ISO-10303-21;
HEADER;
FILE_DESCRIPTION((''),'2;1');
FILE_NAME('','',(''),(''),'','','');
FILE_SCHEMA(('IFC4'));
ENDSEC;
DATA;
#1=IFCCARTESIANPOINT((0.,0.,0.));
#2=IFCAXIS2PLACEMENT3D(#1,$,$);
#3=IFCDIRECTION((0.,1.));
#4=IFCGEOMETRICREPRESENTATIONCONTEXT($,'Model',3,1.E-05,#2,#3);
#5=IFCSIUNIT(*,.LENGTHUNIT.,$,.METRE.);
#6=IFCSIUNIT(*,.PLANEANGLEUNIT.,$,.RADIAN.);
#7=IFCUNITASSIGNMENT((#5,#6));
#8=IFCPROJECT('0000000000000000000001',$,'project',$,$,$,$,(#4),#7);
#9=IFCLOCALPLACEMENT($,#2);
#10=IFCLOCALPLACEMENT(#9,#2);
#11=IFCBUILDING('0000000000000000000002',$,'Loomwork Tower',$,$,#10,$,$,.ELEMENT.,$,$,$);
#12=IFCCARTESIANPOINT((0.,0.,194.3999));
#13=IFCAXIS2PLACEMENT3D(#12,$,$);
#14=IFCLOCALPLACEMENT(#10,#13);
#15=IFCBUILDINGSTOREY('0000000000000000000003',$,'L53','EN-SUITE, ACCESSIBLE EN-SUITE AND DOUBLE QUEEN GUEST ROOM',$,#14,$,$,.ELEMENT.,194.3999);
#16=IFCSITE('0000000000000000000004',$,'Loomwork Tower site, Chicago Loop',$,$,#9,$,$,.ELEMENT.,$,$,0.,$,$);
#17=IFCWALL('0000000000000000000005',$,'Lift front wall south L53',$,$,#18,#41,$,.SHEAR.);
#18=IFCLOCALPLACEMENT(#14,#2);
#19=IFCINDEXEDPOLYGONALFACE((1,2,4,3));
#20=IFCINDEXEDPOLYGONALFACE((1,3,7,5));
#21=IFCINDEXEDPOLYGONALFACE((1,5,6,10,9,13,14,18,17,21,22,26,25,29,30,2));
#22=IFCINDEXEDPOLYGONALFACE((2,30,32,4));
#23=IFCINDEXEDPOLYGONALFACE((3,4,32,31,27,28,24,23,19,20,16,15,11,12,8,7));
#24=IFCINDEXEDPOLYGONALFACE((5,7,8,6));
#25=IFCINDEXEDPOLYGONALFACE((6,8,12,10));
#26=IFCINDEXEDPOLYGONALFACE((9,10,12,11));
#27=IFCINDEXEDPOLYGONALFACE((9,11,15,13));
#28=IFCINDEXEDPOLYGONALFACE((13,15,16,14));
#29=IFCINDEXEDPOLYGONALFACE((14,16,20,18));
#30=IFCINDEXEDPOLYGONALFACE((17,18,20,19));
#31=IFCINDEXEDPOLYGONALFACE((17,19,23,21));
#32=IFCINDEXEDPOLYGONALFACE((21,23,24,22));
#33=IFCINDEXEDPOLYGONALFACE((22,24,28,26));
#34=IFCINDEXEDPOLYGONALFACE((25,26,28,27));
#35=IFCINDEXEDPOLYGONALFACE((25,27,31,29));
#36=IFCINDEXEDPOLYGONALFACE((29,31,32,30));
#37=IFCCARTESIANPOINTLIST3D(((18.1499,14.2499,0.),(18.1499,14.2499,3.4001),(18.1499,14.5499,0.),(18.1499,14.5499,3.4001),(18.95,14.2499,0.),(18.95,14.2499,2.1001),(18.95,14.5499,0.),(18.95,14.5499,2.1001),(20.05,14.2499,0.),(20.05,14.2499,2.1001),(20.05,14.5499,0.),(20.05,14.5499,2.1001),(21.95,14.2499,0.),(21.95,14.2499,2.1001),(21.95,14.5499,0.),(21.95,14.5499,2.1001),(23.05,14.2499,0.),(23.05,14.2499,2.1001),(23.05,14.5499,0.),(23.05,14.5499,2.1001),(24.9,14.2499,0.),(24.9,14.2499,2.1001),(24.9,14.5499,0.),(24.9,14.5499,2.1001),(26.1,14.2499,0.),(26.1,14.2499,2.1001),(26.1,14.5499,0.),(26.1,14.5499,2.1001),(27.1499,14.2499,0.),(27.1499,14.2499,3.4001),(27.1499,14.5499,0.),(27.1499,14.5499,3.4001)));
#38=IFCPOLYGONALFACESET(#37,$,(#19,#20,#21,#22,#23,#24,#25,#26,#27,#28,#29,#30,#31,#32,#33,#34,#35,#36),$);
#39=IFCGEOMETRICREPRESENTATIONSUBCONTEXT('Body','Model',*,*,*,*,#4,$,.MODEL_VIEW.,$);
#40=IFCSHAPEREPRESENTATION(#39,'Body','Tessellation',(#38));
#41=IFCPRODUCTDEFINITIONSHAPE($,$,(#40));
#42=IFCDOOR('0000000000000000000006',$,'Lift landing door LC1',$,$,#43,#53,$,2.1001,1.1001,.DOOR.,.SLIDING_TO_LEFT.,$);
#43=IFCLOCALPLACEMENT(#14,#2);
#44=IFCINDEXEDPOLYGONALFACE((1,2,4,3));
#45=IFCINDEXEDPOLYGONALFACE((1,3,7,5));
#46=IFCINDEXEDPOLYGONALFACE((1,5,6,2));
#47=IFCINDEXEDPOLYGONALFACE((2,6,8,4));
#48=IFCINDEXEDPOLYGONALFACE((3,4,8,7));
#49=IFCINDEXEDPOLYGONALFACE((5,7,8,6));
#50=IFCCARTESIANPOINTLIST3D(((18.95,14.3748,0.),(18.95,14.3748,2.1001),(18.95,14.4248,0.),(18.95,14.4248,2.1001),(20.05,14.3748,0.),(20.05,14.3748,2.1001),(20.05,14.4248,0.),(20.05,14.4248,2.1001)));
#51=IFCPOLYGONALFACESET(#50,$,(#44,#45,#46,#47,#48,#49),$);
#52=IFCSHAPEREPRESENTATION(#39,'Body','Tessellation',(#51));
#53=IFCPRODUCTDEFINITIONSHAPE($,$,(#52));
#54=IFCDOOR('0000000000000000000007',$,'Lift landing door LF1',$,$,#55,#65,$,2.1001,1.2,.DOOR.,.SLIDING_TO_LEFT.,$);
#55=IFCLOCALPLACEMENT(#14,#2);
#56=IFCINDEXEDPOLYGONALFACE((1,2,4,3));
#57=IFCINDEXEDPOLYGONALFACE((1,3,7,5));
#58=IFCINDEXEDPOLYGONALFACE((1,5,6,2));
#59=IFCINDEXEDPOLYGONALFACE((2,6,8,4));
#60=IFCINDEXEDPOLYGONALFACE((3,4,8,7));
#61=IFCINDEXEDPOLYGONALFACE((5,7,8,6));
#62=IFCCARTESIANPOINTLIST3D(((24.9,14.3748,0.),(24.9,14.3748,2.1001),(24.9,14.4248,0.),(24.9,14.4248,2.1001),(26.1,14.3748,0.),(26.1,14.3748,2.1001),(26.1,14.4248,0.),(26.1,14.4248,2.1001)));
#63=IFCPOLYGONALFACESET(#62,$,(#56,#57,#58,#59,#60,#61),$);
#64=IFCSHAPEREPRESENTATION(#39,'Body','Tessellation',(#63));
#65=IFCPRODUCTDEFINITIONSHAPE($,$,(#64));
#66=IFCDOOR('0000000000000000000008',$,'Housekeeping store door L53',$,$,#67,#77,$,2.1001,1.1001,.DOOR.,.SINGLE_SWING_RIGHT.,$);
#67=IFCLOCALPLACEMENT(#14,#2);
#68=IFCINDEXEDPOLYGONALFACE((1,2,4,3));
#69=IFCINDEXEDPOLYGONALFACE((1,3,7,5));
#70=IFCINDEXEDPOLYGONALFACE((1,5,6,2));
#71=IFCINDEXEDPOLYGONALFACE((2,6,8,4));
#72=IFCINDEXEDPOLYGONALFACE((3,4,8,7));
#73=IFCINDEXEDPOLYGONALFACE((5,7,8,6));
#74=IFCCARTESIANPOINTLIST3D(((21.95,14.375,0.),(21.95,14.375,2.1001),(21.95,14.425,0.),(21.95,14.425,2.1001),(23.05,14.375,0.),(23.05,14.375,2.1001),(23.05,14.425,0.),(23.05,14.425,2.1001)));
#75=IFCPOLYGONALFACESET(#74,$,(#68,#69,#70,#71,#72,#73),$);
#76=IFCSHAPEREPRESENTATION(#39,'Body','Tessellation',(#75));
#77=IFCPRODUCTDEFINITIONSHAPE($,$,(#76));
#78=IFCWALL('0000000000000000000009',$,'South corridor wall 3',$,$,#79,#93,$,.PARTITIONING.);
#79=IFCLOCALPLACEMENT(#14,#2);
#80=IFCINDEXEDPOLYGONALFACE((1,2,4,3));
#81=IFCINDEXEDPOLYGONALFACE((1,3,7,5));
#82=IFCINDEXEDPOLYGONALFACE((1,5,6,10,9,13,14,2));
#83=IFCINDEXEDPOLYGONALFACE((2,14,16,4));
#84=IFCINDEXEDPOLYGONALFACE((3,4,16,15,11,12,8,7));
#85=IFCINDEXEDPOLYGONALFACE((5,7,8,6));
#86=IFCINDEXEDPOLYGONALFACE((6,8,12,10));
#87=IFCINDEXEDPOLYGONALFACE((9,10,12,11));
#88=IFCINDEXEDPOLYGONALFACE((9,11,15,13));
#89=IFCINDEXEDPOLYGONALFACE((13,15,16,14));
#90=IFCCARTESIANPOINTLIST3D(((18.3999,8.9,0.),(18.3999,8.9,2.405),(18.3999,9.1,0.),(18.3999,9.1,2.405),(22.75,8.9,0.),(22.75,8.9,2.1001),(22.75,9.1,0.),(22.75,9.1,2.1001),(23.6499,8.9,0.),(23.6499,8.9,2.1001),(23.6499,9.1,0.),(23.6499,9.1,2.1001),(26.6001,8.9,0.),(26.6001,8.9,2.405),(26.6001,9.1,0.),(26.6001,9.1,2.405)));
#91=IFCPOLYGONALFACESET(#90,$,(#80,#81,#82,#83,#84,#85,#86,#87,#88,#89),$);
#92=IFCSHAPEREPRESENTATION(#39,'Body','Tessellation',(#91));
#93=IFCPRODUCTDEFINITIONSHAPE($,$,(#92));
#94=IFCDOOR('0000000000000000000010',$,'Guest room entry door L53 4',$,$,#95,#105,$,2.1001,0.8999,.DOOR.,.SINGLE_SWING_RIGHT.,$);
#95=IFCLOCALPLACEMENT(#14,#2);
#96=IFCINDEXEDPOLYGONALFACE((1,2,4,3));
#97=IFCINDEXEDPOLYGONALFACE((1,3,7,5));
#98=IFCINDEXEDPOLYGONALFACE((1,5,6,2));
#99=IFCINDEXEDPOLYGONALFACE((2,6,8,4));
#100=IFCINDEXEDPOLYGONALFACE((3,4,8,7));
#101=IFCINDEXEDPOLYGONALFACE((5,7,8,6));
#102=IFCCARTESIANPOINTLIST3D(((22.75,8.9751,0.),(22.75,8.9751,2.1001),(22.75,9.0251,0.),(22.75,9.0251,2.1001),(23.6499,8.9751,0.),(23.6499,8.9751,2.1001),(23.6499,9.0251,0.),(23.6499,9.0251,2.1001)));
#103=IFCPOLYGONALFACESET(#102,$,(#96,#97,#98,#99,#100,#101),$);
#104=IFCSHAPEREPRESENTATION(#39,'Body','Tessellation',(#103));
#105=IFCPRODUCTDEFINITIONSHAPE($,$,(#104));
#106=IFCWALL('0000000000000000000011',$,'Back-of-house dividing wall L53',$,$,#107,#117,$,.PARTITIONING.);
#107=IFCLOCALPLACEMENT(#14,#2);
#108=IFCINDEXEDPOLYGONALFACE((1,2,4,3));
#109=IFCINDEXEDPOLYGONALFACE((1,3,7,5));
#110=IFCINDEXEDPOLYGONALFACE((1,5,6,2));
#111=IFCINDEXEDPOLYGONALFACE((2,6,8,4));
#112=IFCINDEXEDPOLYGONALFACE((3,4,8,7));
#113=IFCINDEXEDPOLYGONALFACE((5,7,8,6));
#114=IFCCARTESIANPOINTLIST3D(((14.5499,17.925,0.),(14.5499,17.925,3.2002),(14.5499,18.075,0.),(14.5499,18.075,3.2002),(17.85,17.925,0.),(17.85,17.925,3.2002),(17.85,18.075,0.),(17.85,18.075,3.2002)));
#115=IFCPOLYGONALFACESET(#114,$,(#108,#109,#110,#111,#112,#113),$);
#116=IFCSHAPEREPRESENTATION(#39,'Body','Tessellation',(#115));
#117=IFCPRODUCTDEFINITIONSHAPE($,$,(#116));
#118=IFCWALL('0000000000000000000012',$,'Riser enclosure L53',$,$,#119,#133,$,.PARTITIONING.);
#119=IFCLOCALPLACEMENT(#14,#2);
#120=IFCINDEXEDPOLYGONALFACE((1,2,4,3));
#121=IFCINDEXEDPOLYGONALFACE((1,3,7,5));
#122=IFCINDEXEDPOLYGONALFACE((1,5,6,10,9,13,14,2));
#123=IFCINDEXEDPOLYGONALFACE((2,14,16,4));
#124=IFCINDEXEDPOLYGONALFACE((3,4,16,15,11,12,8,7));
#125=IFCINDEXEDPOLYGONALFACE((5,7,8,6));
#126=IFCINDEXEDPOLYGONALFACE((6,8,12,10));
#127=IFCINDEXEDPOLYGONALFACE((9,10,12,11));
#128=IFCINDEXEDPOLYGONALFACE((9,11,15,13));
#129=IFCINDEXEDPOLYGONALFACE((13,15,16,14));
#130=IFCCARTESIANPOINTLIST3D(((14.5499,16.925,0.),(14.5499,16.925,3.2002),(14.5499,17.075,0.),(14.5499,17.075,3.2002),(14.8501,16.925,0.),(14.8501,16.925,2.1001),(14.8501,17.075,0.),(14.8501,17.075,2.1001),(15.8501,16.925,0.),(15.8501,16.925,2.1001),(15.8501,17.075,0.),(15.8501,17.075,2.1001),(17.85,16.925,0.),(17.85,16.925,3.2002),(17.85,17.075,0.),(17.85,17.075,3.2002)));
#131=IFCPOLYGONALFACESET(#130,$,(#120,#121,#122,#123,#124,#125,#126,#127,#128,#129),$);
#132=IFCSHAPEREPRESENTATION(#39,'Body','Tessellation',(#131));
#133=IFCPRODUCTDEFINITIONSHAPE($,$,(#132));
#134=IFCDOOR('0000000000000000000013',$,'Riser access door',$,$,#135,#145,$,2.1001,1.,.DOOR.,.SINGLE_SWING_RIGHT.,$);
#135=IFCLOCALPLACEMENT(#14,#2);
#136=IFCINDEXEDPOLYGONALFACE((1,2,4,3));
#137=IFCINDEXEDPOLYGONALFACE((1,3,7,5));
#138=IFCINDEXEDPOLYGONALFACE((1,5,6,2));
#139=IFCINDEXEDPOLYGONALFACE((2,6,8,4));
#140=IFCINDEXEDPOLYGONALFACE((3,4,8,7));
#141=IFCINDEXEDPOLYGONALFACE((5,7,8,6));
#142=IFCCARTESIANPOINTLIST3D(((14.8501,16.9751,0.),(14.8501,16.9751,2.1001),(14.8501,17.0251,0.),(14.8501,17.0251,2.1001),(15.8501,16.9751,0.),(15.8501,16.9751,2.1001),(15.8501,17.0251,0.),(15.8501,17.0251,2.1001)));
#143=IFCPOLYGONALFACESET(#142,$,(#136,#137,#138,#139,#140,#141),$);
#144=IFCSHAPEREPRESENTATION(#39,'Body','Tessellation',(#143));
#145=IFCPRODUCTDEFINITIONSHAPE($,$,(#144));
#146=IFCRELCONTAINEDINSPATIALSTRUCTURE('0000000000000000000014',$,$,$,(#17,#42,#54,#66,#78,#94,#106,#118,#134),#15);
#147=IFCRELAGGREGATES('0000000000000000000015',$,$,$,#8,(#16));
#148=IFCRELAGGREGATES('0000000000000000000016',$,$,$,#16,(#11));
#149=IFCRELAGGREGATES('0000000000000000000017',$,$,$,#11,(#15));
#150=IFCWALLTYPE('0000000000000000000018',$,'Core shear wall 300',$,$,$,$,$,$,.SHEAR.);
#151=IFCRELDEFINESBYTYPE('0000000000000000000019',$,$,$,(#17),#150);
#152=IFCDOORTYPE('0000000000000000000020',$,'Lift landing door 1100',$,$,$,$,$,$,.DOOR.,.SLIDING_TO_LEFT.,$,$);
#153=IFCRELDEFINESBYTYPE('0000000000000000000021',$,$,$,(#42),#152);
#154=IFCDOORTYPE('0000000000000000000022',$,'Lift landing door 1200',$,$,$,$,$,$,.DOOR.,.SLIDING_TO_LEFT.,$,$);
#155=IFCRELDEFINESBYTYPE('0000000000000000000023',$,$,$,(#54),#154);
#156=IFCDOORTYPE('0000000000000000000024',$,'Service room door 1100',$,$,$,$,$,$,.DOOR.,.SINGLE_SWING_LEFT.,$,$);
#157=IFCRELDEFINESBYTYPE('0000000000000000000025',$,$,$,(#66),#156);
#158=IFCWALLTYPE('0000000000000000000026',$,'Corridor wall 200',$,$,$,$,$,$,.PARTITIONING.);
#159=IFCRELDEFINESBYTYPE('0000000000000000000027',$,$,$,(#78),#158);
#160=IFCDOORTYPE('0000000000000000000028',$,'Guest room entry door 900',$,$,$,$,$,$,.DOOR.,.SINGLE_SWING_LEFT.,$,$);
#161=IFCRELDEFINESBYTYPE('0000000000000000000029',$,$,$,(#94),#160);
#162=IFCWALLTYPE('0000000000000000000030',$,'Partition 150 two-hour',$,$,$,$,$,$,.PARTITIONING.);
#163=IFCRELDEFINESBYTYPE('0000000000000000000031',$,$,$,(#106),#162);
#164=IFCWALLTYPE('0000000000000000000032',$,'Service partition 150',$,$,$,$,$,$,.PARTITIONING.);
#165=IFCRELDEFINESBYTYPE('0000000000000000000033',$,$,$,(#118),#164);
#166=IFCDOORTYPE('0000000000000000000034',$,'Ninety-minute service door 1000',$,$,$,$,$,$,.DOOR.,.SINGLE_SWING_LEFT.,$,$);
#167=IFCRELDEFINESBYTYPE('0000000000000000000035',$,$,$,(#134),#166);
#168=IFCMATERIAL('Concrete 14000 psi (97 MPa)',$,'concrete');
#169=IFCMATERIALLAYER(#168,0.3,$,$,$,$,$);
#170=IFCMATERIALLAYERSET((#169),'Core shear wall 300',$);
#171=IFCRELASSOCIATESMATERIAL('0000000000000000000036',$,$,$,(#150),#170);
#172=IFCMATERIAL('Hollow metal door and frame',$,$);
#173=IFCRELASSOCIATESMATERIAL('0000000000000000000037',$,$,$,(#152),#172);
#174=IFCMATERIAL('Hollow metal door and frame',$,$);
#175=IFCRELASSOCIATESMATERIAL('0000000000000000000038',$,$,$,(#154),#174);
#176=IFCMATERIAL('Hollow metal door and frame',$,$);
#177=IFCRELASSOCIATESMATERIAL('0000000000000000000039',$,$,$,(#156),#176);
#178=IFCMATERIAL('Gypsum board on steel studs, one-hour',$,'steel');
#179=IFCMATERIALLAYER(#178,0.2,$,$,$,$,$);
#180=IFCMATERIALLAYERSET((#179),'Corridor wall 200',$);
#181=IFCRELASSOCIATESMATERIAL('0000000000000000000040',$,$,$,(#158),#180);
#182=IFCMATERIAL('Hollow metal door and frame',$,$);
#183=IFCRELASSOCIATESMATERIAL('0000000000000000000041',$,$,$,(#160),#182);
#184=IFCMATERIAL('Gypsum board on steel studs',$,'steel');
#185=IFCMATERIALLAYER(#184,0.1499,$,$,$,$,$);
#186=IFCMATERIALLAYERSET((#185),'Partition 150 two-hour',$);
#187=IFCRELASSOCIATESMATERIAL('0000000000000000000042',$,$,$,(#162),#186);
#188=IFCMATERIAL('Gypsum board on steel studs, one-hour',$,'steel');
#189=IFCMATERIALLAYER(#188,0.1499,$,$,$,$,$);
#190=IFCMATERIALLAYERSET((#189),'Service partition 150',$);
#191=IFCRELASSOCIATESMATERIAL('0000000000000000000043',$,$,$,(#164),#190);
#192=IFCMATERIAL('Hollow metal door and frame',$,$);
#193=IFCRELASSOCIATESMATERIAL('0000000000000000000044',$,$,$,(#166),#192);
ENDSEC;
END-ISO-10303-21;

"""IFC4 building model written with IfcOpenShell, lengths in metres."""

from ifc_helpers import new_model, si_unit, direction, frame, frame_2d, origin, place, context, subcontext, project, spatial, rectangle, extrude, material, layer, layer_set, type_object, element, fill, save


model = new_model("IFC4")

# Units and contexts
model_context = context("Model", 3, precision=1e-05, world=origin(), true_north=direction((0.0, 1.0)))
body_context = subcontext(model_context, "Body", "Model", "MODEL_VIEW")
ifc_project = project(units=[si_unit("LENGTHUNIT", "METRE"), si_unit("PLANEANGLEUNIT", "RADIAN")], contexts=[model_context])

# Site, building, storey
site_placement = place(None, origin())
site = spatial("IfcSite", under=ifc_project, at=site_placement, Name="Loomwork Tower site, Chicago Loop", CompositionType="ELEMENT", RefElevation=0.0)
building_placement = place(site_placement, origin())
building = spatial("IfcBuilding", under=site, at=building_placement, Name="Loomwork Tower", CompositionType="ELEMENT")
storey_placement = place(building_placement, frame((0.0, 0.0, 194.3999)))
storey = spatial("IfcBuildingStorey", under=building, at=storey_placement, Name="L53", Description="EN-SUITE, ACCESSIBLE EN-SUITE AND DOUBLE QUEEN GUEST ROOM", CompositionType="ELEMENT", Elevation=194.3999)

# Shared definitions
ifc_material_1 = material(Name="Concrete 14000 psi (97 MPa)", Category="concrete")
ifc_layer_1 = layer(ifc_material_1, 0.3)
ifc_layer_set_1 = layer_set([ifc_layer_1], Name="Core shear wall 300")
wall_type_1 = type_object("IfcWallType", Name="Core shear wall 300", PredefinedType="SHEAR", material=ifc_layer_set_1)

# Wall, openings, doors
ifc_material_2 = material(Name="Hollow metal door and frame")
door_type_1 = type_object("IfcDoorType", Name="Lift landing door 1100", OperationType="SLIDING_TO_LEFT", PredefinedType="DOOR", material=ifc_material_2)
wall_1_placement = place(storey_placement, frame((18.1499, 14.3999, 0.0), z_axis=(0.0, 0.0, 1.0), x_axis=(1.0, 0.0, 0.0)))
wall_1 = element("IfcWall", 1, at=wall_1_placement, inside=storey, type_object=wall_type_1, Name="Lift front wall south L53", PredefinedType="SHEAR", context=body_context, shape_type="SweptSolid", body=[
    extrude(rectangle(XDim=9.0, YDim=0.3, at=frame_2d((4.5, 0.0))), origin(), (0.0, 0.0, 1.0), 3.4001),
])
opening_1_placement = place(wall_1_placement, frame((0.8, 0.0, 0.0)))
opening_1 = element("IfcOpeningElement", 2, at=opening_1_placement, cuts=wall_1, PredefinedType="OPENING", context=body_context, shape_type="SweptSolid", body=[
    extrude(rectangle(XDim=1.1001, YDim=2.1001, at=frame_2d((0.55, 1.05))), frame((0.0, 0.1599, 0.0), z_axis=(0.0, -1.0, 0.0), x_axis=(1.0, 0.0, 0.0)), (0.0, 0.0, 1.0), 0.3201),
])
opening_2_placement = place(wall_1_placement, frame((6.75, 0.0, 0.0)))
opening_2 = element("IfcOpeningElement", 3, at=opening_2_placement, cuts=wall_1, PredefinedType="OPENING", context=body_context, shape_type="SweptSolid", body=[
    extrude(rectangle(XDim=1.2, YDim=2.1001, at=frame_2d((0.6001, 1.05))), frame((0.0, 0.1599, 0.0), z_axis=(0.0, -1.0, 0.0), x_axis=(1.0, 0.0, 0.0)), (0.0, 0.0, 1.0), 0.3201),
])
opening_3_placement = place(wall_1_placement, frame((3.8, 0.0, 0.0)))
opening_3 = element("IfcOpeningElement", 4, at=opening_3_placement, cuts=wall_1, PredefinedType="OPENING", context=body_context, shape_type="SweptSolid", body=[
    extrude(rectangle(XDim=1.1001, YDim=2.1001, at=frame_2d((0.55, 1.05))), frame((0.0, 0.1599, 0.0), z_axis=(0.0, -1.0, 0.0), x_axis=(1.0, 0.0, 0.0)), (0.0, 0.0, 1.0), 0.3201),
])
door_1_placement = place(opening_1_placement, origin())
door_1 = element("IfcDoor", 5, at=door_1_placement, inside=storey, type_object=door_type_1, Name="Lift landing door LC1", OperationType="SLIDING_TO_LEFT", OverallHeight=2.1001, OverallWidth=1.1001, PredefinedType="DOOR", context=body_context, shape_type="SweptSolid", body=[
    extrude(rectangle(XDim=1.1001, YDim=2.1001, at=frame_2d((0.55, 1.05))), frame((0.0, 0.0249, 0.0), z_axis=(0.0, -1.0, 0.0), x_axis=(1.0, 0.0, 0.0)), (0.0, 0.0, 1.0), 0.05),
])
fill(opening_1, door_1)
ifc_material_3 = material(Name="Hollow metal door and frame")
door_type_2 = type_object("IfcDoorType", Name="Lift landing door 1200", OperationType="SLIDING_TO_LEFT", PredefinedType="DOOR", material=ifc_material_3)
door_2_placement = place(opening_2_placement, origin())
door_2 = element("IfcDoor", 6, at=door_2_placement, inside=storey, type_object=door_type_2, Name="Lift landing door LF1", OperationType="SLIDING_TO_LEFT", OverallHeight=2.1001, OverallWidth=1.2, PredefinedType="DOOR", context=body_context, shape_type="SweptSolid", body=[
    extrude(rectangle(XDim=1.2, YDim=2.1001, at=frame_2d((0.6001, 1.05))), frame((0.0, 0.0249, 0.0), z_axis=(0.0, -1.0, 0.0), x_axis=(1.0, 0.0, 0.0)), (0.0, 0.0, 1.0), 0.05),
])
fill(opening_2, door_2)
ifc_material_4 = material(Name="Hollow metal door and frame")
door_type_3 = type_object("IfcDoorType", Name="Service room door 1100", OperationType="SINGLE_SWING_LEFT", PredefinedType="DOOR", material=ifc_material_4)
door_3_placement = place(opening_3_placement, frame((1.1001, 0.0, 0.0), z_axis=(0.0, 0.0, 1.0), x_axis=(-1.0, 0.0, 0.0)))
door_3 = element("IfcDoor", 7, at=door_3_placement, inside=storey, type_object=door_type_3, Name="Housekeeping store door L53", OperationType="SINGLE_SWING_RIGHT", OverallHeight=2.1001, OverallWidth=1.1001, PredefinedType="DOOR", context=body_context, shape_type="SweptSolid", body=[
    extrude(rectangle(XDim=1.1001, YDim=2.1001, at=frame_2d((0.55, 1.05))), frame((0.0, 0.0249, 0.0), z_axis=(0.0, -1.0, 0.0), x_axis=(1.0, 0.0, 0.0)), (0.0, 0.0, 1.0), 0.05),
])
fill(opening_3, door_3)

# Wall, opening, door
ifc_material_5 = material(Name="Gypsum board on steel studs, one-hour", Category="steel")
ifc_layer_2 = layer(ifc_material_5, 0.2)
ifc_layer_set_2 = layer_set([ifc_layer_2], Name="Corridor wall 200")
wall_type_2 = type_object("IfcWallType", Name="Corridor wall 200", PredefinedType="PARTITIONING", material=ifc_layer_set_2)
wall_2_placement = place(storey_placement, frame((18.3999, 9.0, 0.0), z_axis=(0.0, 0.0, 1.0), x_axis=(1.0, 0.0, 0.0)))
wall_2 = element("IfcWall", 8, at=wall_2_placement, inside=storey, type_object=wall_type_2, Name="South corridor wall 3", PredefinedType="PARTITIONING", context=body_context, shape_type="SweptSolid", body=[
    extrude(rectangle(XDim=8.2002, YDim=0.2, at=frame_2d((4.1001, 0.0))), origin(), (0.0, 0.0, 1.0), 2.405),
])
opening_4_placement = place(wall_2_placement, frame((4.3501, 0.0, 0.0)))
opening_4 = element("IfcOpeningElement", 9, at=opening_4_placement, cuts=wall_2, PredefinedType="OPENING", context=body_context, shape_type="SweptSolid", body=[
    extrude(rectangle(XDim=0.8999, YDim=2.1001, at=frame_2d((0.45, 1.05))), frame((0.0, 0.1099, 0.0), z_axis=(0.0, -1.0, 0.0), x_axis=(1.0, 0.0, 0.0)), (0.0, 0.0, 1.0), 0.22),
])
ifc_material_6 = material(Name="Hollow metal door and frame")
door_type_4 = type_object("IfcDoorType", Name="Guest room entry door 900", OperationType="SINGLE_SWING_LEFT", PredefinedType="DOOR", material=ifc_material_6)
door_4_placement = place(opening_4_placement, frame((0.8999, 0.0, 0.0), z_axis=(0.0, 0.0, 1.0), x_axis=(-1.0, 0.0, 0.0)))
door_4 = element("IfcDoor", 10, at=door_4_placement, inside=storey, type_object=door_type_4, Name="Guest room entry door L53 4", OperationType="SINGLE_SWING_RIGHT", OverallHeight=2.1001, OverallWidth=0.8999, PredefinedType="DOOR", context=body_context, shape_type="SweptSolid", body=[
    extrude(rectangle(XDim=0.8999, YDim=2.1001, at=frame_2d((0.45, 1.05))), frame((0.0, 0.0249, 0.0), z_axis=(0.0, -1.0, 0.0), x_axis=(1.0, 0.0, 0.0)), (0.0, 0.0, 1.0), 0.05),
])
fill(opening_4, door_4)

# Wall
ifc_material_7 = material(Name="Gypsum board on steel studs", Category="steel")
ifc_layer_3 = layer(ifc_material_7, 0.1499)
ifc_layer_set_3 = layer_set([ifc_layer_3], Name="Partition 150 two-hour")
wall_type_3 = type_object("IfcWallType", Name="Partition 150 two-hour", PredefinedType="PARTITIONING", material=ifc_layer_set_3)
wall_3_placement = place(storey_placement, frame((14.55, 18.0, 0.0), z_axis=(0.0, 0.0, 1.0), x_axis=(1.0, 0.0, 0.0)))
element("IfcWall", 11, at=wall_3_placement, inside=storey, type_object=wall_type_3, Name="Back-of-house dividing wall L53", PredefinedType="PARTITIONING", context=body_context, shape_type="SweptSolid", body=[
    extrude(rectangle(XDim=3.3, YDim=0.1499, at=frame_2d((1.6499, 0.0))), origin(), (0.0, 0.0, 1.0), 3.2002),
])

# Wall, opening, door
ifc_material_8 = material(Name="Gypsum board on steel studs, one-hour", Category="steel")
ifc_layer_4 = layer(ifc_material_8, 0.1499)
ifc_layer_set_4 = layer_set([ifc_layer_4], Name="Service partition 150")
wall_type_4 = type_object("IfcWallType", Name="Service partition 150", PredefinedType="PARTITIONING", material=ifc_layer_set_4)
wall_4_placement = place(storey_placement, frame((14.55, 17.0, 0.0), z_axis=(0.0, 0.0, 1.0), x_axis=(1.0, 0.0, 0.0)))
wall_4 = element("IfcWall", 12, at=wall_4_placement, inside=storey, type_object=wall_type_4, Name="Riser enclosure L53", PredefinedType="PARTITIONING", context=body_context, shape_type="SweptSolid", body=[
    extrude(rectangle(XDim=3.3, YDim=0.1499, at=frame_2d((1.6499, 0.0))), origin(), (0.0, 0.0, 1.0), 3.2002),
])
opening_5_placement = place(wall_4_placement, frame((0.3, 0.0, 0.0)))
opening_5 = element("IfcOpeningElement", 13, at=opening_5_placement, cuts=wall_4, PredefinedType="OPENING", context=body_context, shape_type="SweptSolid", body=[
    extrude(rectangle(XDim=1.0, YDim=2.1001, at=frame_2d((0.5, 1.05))), frame((0.0, 0.085, 0.0), z_axis=(0.0, -1.0, 0.0), x_axis=(1.0, 0.0, 0.0)), (0.0, 0.0, 1.0), 0.1699),
])
ifc_material_9 = material(Name="Hollow metal door and frame")
door_type_5 = type_object("IfcDoorType", Name="Ninety-minute service door 1000", OperationType="SINGLE_SWING_LEFT", PredefinedType="DOOR", material=ifc_material_9)
door_5_placement = place(opening_5_placement, frame((1.0, 0.0, 0.0), z_axis=(0.0, 0.0, 1.0), x_axis=(-1.0, 0.0, 0.0)))
door_5 = element("IfcDoor", 14, at=door_5_placement, inside=storey, type_object=door_type_5, Name="Riser access door", OperationType="SINGLE_SWING_RIGHT", OverallHeight=2.1001, OverallWidth=1.0, PredefinedType="DOOR", context=body_context, shape_type="SweptSolid", body=[
    extrude(rectangle(XDim=1.0, YDim=2.1001, at=frame_2d((0.5, 1.05))), frame((0.0, 0.0249, 0.0), z_axis=(0.0, -1.0, 0.0), x_axis=(1.0, 0.0, 0.0)), (0.0, 0.0, 1.0), 0.05),
])
fill(opening_5, door_5)

save(model, "model.ifc")
